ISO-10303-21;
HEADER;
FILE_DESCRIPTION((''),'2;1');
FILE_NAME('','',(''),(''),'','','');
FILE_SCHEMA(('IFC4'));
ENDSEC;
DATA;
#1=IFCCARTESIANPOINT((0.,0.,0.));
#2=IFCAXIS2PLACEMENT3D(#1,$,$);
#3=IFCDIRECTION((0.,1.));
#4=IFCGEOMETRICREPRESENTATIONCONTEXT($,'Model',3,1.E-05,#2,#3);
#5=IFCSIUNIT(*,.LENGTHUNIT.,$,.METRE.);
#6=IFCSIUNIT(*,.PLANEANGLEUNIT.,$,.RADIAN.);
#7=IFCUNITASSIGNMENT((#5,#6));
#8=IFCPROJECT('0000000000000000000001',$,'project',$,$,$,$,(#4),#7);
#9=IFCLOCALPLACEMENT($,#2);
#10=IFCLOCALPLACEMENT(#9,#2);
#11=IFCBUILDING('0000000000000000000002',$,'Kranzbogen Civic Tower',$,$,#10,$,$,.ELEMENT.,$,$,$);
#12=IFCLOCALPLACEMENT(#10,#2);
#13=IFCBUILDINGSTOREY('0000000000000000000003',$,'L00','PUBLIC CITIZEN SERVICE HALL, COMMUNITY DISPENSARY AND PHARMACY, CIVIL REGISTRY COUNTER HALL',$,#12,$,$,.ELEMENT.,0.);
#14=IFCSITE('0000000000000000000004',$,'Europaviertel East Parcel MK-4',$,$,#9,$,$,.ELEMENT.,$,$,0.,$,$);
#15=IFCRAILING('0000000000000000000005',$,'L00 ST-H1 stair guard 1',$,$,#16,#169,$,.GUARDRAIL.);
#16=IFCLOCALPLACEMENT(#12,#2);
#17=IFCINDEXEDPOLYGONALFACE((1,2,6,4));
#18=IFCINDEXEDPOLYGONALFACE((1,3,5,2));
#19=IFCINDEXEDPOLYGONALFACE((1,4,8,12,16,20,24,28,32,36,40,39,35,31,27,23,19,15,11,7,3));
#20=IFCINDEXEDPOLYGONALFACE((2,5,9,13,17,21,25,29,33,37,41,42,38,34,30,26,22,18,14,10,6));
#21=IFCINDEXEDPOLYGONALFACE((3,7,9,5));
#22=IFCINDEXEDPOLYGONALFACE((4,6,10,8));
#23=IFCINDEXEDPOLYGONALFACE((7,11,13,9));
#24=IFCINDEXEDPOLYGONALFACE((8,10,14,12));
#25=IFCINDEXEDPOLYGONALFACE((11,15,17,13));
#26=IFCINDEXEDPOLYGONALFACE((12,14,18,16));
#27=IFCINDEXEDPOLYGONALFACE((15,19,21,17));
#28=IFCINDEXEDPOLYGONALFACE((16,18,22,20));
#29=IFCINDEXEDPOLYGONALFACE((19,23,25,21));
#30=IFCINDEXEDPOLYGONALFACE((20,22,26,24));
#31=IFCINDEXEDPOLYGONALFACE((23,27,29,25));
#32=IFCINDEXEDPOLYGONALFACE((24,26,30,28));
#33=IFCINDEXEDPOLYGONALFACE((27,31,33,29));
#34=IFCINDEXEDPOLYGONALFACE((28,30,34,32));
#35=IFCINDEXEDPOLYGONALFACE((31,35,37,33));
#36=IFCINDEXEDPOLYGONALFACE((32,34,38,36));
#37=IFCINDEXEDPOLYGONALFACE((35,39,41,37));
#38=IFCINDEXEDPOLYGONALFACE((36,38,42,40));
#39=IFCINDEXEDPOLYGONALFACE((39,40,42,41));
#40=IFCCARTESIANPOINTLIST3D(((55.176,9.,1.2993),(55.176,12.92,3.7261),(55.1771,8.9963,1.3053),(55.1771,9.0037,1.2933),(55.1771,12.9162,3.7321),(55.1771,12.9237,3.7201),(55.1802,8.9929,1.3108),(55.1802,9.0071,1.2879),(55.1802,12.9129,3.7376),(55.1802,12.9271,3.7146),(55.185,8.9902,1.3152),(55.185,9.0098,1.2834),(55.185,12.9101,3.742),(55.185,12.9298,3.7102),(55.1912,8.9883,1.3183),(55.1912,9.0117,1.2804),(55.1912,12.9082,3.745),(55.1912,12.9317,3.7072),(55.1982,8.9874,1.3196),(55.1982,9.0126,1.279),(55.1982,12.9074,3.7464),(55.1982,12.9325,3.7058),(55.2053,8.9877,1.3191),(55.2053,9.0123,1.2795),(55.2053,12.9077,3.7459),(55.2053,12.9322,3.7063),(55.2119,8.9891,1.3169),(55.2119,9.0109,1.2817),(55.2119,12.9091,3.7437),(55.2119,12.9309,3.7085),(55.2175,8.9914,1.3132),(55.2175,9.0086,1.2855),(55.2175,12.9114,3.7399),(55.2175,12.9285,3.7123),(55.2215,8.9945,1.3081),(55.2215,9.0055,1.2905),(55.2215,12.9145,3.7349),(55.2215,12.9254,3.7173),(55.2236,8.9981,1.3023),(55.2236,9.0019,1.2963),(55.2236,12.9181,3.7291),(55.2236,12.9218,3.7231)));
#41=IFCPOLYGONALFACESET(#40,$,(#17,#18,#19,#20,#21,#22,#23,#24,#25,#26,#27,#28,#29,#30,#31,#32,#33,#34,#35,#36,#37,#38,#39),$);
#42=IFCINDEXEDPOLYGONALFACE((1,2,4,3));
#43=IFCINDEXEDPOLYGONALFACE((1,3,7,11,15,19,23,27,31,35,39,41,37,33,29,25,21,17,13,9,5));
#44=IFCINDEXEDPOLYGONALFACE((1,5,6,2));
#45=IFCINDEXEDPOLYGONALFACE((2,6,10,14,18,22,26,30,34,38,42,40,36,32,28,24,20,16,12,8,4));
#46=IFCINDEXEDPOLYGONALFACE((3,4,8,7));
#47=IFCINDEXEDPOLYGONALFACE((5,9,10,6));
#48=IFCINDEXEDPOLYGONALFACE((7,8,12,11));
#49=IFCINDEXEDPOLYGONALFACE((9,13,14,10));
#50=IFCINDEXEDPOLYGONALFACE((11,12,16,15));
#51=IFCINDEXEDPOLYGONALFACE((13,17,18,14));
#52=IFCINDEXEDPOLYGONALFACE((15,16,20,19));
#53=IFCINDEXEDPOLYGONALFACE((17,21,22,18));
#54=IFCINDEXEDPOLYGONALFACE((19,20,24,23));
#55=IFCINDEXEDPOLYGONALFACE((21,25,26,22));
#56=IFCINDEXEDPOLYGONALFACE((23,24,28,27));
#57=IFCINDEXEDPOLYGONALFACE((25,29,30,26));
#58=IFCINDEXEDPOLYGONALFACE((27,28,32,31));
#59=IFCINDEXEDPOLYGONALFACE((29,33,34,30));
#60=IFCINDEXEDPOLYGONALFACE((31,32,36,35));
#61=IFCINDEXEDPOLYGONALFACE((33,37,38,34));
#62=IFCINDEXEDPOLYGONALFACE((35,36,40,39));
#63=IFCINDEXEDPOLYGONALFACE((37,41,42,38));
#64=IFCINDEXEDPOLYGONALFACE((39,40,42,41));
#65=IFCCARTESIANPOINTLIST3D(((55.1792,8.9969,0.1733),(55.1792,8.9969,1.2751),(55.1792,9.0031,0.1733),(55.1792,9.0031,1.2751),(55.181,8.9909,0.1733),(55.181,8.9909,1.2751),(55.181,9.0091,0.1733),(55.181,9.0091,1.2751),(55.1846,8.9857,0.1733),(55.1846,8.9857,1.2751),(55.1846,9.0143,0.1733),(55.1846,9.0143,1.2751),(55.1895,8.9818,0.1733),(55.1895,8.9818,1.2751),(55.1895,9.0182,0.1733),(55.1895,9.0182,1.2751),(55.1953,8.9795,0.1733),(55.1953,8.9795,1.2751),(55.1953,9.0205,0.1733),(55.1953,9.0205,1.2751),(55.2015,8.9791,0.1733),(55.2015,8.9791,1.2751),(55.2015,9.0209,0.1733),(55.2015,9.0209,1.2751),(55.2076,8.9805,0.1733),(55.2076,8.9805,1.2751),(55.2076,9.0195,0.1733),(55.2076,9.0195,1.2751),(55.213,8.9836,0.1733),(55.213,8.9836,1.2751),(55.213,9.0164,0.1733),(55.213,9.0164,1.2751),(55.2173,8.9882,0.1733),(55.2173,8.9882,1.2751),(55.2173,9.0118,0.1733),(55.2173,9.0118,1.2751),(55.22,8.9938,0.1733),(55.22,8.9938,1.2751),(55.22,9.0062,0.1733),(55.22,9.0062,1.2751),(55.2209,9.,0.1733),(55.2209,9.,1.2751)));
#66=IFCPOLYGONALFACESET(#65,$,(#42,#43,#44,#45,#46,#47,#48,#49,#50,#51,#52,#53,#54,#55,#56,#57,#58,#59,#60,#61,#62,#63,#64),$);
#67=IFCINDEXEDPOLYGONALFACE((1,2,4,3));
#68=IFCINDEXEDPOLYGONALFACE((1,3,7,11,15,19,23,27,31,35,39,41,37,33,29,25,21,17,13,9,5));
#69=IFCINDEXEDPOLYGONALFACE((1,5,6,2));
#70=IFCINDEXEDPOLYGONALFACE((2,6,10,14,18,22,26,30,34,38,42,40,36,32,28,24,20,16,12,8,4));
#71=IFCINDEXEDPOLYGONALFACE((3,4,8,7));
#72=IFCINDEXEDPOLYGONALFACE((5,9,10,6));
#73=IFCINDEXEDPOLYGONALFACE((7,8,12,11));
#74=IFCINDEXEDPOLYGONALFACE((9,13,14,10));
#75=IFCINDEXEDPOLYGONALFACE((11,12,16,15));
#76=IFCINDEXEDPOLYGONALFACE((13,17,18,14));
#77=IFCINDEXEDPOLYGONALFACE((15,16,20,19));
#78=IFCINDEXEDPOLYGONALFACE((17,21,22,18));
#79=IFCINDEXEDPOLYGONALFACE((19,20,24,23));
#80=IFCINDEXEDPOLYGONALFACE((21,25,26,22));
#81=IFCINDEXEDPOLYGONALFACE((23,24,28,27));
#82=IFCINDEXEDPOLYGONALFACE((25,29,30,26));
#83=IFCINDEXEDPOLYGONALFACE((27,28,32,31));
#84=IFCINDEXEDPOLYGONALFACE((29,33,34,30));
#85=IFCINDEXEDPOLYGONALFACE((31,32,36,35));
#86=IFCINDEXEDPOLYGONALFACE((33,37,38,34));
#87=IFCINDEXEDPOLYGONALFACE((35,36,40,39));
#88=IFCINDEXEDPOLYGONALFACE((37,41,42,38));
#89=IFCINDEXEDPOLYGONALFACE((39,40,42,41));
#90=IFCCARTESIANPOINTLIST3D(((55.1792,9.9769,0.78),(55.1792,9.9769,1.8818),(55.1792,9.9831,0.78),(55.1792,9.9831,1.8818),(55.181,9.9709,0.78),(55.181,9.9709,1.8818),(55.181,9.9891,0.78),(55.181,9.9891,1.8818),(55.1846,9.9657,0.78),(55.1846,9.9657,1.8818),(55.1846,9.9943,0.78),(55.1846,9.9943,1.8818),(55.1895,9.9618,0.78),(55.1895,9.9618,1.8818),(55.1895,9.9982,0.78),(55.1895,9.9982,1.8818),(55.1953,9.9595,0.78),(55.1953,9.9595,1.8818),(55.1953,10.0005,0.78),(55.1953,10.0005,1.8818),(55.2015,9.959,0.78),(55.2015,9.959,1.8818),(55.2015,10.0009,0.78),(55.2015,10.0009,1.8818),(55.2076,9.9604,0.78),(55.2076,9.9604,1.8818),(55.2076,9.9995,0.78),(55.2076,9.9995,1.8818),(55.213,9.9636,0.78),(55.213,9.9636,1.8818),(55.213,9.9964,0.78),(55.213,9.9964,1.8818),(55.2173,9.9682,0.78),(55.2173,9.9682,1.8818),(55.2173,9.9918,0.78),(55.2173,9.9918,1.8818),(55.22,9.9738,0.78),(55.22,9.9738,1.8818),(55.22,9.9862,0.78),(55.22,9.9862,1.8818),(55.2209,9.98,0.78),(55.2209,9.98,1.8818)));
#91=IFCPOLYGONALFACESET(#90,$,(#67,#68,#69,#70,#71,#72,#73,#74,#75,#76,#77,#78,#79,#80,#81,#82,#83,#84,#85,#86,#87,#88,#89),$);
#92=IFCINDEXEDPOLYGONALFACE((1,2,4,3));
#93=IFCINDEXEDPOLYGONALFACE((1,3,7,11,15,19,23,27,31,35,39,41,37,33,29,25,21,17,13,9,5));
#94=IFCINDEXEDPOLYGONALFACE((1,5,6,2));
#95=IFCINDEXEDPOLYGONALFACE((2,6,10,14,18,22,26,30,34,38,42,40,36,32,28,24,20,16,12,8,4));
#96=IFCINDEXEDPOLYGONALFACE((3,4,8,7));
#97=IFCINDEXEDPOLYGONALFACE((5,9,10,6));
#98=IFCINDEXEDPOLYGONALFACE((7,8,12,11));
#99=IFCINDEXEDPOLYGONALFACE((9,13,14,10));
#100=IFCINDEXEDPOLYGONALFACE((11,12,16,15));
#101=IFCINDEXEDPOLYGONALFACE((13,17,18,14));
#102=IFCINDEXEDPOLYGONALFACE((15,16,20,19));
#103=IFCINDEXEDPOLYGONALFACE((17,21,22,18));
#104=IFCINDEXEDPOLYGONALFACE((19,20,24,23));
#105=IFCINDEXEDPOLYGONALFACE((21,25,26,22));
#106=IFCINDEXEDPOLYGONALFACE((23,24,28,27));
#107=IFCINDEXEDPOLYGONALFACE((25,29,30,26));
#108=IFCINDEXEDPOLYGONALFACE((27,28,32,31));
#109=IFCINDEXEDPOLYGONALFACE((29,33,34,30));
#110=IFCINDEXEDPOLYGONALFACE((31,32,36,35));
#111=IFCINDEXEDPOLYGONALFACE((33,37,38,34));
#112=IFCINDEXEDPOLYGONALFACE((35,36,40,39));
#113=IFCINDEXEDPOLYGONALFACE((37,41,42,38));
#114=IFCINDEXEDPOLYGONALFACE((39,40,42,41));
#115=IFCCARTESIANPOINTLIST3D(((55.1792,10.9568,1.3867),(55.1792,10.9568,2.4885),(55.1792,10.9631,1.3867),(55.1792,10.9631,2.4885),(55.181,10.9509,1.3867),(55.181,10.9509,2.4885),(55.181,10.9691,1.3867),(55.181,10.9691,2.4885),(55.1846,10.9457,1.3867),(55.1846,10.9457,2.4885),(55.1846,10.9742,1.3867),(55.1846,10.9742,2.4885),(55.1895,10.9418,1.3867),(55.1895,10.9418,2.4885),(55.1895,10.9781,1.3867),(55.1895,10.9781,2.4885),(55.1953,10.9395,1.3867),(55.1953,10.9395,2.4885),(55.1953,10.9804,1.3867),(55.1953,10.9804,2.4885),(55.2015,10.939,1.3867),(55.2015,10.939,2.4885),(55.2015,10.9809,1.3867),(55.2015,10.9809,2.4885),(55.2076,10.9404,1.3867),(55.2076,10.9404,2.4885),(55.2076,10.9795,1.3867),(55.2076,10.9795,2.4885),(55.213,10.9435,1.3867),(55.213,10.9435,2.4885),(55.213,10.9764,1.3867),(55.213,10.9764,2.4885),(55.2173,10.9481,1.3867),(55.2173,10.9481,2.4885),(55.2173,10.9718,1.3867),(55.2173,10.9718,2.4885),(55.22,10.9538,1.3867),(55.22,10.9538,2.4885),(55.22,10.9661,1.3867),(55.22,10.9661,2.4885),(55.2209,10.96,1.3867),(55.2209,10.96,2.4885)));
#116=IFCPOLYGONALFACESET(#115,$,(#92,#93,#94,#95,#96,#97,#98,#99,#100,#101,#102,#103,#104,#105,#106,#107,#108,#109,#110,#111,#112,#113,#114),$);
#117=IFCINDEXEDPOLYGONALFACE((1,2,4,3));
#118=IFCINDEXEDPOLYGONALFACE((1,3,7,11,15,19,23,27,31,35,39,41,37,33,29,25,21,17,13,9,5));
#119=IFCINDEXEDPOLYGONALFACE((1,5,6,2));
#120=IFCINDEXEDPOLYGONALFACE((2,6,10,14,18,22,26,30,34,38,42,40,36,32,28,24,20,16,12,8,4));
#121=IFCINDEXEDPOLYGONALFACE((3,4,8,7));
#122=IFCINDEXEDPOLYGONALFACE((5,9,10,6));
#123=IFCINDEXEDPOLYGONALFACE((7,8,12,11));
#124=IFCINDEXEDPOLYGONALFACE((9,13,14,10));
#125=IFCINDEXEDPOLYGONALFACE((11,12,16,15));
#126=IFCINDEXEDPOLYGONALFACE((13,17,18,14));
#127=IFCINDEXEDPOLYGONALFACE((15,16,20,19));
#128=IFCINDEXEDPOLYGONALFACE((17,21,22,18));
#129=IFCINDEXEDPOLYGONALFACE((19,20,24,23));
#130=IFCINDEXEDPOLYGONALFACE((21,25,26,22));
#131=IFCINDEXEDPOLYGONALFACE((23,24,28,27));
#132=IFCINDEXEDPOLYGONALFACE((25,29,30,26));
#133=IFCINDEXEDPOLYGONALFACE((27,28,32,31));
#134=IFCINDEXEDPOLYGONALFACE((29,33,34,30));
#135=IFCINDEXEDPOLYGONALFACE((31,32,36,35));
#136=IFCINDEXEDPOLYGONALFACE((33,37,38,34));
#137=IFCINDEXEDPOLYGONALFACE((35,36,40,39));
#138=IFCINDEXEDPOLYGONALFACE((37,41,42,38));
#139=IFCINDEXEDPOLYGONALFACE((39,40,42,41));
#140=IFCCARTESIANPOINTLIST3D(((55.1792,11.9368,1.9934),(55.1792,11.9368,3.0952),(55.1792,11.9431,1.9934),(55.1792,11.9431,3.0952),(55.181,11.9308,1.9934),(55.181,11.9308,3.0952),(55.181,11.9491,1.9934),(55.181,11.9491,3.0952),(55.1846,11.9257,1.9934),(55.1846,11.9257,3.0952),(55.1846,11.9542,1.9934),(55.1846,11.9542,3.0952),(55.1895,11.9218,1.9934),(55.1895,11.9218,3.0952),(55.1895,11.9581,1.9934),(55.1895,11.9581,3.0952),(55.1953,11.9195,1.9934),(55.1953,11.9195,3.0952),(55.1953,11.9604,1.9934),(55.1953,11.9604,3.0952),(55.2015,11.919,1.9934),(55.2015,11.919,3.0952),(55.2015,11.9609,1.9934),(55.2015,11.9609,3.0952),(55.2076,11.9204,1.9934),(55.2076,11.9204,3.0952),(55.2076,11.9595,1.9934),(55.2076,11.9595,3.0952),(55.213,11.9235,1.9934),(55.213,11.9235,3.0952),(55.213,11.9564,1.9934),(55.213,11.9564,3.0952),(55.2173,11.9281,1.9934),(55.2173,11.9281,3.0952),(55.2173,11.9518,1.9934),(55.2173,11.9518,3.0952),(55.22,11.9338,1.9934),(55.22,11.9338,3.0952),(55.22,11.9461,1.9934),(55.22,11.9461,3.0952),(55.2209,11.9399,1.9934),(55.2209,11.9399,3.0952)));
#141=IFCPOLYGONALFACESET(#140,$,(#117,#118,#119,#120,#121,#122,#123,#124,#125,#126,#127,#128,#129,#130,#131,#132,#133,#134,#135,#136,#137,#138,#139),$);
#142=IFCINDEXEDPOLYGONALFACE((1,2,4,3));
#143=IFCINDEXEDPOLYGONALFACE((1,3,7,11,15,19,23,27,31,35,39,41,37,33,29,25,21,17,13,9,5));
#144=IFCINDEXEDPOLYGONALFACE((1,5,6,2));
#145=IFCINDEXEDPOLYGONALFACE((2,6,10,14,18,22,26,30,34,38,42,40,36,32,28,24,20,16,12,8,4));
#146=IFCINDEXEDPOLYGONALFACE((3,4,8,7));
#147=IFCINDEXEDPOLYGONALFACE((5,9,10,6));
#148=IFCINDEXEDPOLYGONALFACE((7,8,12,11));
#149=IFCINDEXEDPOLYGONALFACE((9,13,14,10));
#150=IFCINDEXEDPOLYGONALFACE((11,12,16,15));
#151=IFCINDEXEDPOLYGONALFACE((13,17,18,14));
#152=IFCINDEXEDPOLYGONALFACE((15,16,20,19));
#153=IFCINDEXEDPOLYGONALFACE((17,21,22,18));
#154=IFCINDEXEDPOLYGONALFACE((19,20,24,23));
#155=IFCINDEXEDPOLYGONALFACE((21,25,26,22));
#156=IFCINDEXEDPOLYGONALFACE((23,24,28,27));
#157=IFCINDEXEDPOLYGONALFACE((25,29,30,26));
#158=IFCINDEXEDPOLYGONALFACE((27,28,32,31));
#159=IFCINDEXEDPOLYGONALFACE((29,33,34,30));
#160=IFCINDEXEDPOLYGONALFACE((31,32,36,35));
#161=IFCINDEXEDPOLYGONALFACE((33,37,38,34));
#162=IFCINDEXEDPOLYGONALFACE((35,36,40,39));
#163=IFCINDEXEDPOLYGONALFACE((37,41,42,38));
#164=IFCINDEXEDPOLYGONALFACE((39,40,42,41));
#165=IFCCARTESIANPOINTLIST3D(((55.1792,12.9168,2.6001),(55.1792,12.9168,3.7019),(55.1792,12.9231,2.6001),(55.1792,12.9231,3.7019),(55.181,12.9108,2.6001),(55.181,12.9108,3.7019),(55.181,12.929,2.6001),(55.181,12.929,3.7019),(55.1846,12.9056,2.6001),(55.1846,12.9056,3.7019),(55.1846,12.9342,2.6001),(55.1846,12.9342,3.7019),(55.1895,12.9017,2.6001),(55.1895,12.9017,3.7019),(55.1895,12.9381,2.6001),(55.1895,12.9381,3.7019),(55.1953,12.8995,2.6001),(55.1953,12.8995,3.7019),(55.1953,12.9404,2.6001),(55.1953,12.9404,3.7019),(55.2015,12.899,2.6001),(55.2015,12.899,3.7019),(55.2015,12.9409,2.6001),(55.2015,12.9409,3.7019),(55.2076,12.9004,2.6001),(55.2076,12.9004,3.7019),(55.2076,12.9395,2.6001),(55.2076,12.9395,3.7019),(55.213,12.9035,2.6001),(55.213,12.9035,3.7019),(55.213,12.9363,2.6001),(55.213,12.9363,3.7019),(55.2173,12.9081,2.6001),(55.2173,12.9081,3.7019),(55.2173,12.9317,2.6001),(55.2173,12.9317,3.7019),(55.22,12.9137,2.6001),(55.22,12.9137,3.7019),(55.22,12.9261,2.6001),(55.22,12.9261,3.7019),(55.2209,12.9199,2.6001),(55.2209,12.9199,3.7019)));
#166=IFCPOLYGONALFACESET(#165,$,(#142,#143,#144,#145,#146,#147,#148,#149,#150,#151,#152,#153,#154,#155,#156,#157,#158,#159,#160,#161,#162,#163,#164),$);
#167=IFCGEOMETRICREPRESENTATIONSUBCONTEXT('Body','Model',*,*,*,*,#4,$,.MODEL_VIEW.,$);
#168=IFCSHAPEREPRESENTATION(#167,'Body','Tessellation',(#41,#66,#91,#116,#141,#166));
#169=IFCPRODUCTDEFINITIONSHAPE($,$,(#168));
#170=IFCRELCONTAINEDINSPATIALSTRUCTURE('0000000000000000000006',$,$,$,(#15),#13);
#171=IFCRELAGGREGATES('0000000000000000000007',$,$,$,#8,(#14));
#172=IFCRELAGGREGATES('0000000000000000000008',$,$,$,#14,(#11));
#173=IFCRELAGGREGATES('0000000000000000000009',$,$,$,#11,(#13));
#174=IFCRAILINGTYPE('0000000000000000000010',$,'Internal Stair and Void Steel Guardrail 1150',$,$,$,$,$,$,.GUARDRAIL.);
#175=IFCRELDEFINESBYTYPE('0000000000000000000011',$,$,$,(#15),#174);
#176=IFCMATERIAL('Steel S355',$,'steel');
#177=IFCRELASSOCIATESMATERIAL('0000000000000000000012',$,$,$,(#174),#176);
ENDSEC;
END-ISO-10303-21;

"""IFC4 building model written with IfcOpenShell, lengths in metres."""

from ifc_helpers import new_model, si_unit, direction, frame, origin, origin_2d, place, context, subcontext, project, spatial, circle, extrude, material, type_object, element, save


model = new_model("IFC4")

# Units and contexts
model_context = context("Model", 3, precision=1e-05, world=origin(), true_north=direction((0.0, 1.0)))
body_context = subcontext(model_context, "Body", "Model", "MODEL_VIEW")
ifc_project = project(units=[si_unit("LENGTHUNIT", "METRE"), si_unit("PLANEANGLEUNIT", "RADIAN")], contexts=[model_context])

# Site, building, storey
site_placement = place(None, origin())
site = spatial("IfcSite", under=ifc_project, at=site_placement, Name="Europaviertel East Parcel MK-4", CompositionType="ELEMENT", RefElevation=0.0)
building_placement = place(site_placement, origin())
building = spatial("IfcBuilding", under=site, at=building_placement, Name="Kranzbogen Civic Tower", CompositionType="ELEMENT")
storey_placement = place(building_placement, origin())
storey = spatial("IfcBuildingStorey", under=building, at=storey_placement, Name="L00", Description="PUBLIC CITIZEN SERVICE HALL, COMMUNITY DISPENSARY AND PHARMACY, CIVIL REGISTRY COUNTER HALL", CompositionType="ELEMENT", Elevation=0.0)

# Shared definitions
ifc_material_1 = material(Name="Steel S355", Category="steel")

# Railing
railing_type_1 = type_object("IfcRailingType", Name="Internal Stair and Void Steel Guardrail 1150", PredefinedType="GUARDRAIL", material=ifc_material_1)
railing_1_placement = place(storey_placement, frame((55.2, 9.0, 0.1733)))
element("IfcRailing", 1, at=railing_1_placement, inside=storey, type_object=railing_type_1, Name="L00 ST-H1 stair guard 1", PredefinedType="GUARDRAIL", context=body_context, shape_type="SweptSolid", body=[
    extrude(circle(Radius=0.0239, at=origin_2d()), frame((0.0, 0.0, 1.126), z_axis=(0.0, 0.850252, 0.526376), x_axis=(-1.0, 0.0, 0.0)), (0.0, 0.0, 1.0), 4.6104),
    extrude(circle(Radius=0.021, at=origin_2d()), origin(), (0.0, 0.0, 1.0), 1.1018),
    extrude(circle(Radius=0.021, at=origin_2d()), frame((0.0, 0.98, 0.6067)), (0.0, 0.0, 1.0), 1.1018),
    extrude(circle(Radius=0.021, at=origin_2d()), frame((0.0, 1.96, 1.2134)), (0.0, 0.0, 1.0), 1.1018),
    extrude(circle(Radius=0.021, at=origin_2d()), frame((0.0, 2.9399, 1.8201)), (0.0, 0.0, 1.0), 1.1018),
    extrude(circle(Radius=0.021, at=origin_2d()), frame((0.0, 3.9199, 2.4268)), (0.0, 0.0, 1.0), 1.1018),
])

save(model, "model.ifc")
